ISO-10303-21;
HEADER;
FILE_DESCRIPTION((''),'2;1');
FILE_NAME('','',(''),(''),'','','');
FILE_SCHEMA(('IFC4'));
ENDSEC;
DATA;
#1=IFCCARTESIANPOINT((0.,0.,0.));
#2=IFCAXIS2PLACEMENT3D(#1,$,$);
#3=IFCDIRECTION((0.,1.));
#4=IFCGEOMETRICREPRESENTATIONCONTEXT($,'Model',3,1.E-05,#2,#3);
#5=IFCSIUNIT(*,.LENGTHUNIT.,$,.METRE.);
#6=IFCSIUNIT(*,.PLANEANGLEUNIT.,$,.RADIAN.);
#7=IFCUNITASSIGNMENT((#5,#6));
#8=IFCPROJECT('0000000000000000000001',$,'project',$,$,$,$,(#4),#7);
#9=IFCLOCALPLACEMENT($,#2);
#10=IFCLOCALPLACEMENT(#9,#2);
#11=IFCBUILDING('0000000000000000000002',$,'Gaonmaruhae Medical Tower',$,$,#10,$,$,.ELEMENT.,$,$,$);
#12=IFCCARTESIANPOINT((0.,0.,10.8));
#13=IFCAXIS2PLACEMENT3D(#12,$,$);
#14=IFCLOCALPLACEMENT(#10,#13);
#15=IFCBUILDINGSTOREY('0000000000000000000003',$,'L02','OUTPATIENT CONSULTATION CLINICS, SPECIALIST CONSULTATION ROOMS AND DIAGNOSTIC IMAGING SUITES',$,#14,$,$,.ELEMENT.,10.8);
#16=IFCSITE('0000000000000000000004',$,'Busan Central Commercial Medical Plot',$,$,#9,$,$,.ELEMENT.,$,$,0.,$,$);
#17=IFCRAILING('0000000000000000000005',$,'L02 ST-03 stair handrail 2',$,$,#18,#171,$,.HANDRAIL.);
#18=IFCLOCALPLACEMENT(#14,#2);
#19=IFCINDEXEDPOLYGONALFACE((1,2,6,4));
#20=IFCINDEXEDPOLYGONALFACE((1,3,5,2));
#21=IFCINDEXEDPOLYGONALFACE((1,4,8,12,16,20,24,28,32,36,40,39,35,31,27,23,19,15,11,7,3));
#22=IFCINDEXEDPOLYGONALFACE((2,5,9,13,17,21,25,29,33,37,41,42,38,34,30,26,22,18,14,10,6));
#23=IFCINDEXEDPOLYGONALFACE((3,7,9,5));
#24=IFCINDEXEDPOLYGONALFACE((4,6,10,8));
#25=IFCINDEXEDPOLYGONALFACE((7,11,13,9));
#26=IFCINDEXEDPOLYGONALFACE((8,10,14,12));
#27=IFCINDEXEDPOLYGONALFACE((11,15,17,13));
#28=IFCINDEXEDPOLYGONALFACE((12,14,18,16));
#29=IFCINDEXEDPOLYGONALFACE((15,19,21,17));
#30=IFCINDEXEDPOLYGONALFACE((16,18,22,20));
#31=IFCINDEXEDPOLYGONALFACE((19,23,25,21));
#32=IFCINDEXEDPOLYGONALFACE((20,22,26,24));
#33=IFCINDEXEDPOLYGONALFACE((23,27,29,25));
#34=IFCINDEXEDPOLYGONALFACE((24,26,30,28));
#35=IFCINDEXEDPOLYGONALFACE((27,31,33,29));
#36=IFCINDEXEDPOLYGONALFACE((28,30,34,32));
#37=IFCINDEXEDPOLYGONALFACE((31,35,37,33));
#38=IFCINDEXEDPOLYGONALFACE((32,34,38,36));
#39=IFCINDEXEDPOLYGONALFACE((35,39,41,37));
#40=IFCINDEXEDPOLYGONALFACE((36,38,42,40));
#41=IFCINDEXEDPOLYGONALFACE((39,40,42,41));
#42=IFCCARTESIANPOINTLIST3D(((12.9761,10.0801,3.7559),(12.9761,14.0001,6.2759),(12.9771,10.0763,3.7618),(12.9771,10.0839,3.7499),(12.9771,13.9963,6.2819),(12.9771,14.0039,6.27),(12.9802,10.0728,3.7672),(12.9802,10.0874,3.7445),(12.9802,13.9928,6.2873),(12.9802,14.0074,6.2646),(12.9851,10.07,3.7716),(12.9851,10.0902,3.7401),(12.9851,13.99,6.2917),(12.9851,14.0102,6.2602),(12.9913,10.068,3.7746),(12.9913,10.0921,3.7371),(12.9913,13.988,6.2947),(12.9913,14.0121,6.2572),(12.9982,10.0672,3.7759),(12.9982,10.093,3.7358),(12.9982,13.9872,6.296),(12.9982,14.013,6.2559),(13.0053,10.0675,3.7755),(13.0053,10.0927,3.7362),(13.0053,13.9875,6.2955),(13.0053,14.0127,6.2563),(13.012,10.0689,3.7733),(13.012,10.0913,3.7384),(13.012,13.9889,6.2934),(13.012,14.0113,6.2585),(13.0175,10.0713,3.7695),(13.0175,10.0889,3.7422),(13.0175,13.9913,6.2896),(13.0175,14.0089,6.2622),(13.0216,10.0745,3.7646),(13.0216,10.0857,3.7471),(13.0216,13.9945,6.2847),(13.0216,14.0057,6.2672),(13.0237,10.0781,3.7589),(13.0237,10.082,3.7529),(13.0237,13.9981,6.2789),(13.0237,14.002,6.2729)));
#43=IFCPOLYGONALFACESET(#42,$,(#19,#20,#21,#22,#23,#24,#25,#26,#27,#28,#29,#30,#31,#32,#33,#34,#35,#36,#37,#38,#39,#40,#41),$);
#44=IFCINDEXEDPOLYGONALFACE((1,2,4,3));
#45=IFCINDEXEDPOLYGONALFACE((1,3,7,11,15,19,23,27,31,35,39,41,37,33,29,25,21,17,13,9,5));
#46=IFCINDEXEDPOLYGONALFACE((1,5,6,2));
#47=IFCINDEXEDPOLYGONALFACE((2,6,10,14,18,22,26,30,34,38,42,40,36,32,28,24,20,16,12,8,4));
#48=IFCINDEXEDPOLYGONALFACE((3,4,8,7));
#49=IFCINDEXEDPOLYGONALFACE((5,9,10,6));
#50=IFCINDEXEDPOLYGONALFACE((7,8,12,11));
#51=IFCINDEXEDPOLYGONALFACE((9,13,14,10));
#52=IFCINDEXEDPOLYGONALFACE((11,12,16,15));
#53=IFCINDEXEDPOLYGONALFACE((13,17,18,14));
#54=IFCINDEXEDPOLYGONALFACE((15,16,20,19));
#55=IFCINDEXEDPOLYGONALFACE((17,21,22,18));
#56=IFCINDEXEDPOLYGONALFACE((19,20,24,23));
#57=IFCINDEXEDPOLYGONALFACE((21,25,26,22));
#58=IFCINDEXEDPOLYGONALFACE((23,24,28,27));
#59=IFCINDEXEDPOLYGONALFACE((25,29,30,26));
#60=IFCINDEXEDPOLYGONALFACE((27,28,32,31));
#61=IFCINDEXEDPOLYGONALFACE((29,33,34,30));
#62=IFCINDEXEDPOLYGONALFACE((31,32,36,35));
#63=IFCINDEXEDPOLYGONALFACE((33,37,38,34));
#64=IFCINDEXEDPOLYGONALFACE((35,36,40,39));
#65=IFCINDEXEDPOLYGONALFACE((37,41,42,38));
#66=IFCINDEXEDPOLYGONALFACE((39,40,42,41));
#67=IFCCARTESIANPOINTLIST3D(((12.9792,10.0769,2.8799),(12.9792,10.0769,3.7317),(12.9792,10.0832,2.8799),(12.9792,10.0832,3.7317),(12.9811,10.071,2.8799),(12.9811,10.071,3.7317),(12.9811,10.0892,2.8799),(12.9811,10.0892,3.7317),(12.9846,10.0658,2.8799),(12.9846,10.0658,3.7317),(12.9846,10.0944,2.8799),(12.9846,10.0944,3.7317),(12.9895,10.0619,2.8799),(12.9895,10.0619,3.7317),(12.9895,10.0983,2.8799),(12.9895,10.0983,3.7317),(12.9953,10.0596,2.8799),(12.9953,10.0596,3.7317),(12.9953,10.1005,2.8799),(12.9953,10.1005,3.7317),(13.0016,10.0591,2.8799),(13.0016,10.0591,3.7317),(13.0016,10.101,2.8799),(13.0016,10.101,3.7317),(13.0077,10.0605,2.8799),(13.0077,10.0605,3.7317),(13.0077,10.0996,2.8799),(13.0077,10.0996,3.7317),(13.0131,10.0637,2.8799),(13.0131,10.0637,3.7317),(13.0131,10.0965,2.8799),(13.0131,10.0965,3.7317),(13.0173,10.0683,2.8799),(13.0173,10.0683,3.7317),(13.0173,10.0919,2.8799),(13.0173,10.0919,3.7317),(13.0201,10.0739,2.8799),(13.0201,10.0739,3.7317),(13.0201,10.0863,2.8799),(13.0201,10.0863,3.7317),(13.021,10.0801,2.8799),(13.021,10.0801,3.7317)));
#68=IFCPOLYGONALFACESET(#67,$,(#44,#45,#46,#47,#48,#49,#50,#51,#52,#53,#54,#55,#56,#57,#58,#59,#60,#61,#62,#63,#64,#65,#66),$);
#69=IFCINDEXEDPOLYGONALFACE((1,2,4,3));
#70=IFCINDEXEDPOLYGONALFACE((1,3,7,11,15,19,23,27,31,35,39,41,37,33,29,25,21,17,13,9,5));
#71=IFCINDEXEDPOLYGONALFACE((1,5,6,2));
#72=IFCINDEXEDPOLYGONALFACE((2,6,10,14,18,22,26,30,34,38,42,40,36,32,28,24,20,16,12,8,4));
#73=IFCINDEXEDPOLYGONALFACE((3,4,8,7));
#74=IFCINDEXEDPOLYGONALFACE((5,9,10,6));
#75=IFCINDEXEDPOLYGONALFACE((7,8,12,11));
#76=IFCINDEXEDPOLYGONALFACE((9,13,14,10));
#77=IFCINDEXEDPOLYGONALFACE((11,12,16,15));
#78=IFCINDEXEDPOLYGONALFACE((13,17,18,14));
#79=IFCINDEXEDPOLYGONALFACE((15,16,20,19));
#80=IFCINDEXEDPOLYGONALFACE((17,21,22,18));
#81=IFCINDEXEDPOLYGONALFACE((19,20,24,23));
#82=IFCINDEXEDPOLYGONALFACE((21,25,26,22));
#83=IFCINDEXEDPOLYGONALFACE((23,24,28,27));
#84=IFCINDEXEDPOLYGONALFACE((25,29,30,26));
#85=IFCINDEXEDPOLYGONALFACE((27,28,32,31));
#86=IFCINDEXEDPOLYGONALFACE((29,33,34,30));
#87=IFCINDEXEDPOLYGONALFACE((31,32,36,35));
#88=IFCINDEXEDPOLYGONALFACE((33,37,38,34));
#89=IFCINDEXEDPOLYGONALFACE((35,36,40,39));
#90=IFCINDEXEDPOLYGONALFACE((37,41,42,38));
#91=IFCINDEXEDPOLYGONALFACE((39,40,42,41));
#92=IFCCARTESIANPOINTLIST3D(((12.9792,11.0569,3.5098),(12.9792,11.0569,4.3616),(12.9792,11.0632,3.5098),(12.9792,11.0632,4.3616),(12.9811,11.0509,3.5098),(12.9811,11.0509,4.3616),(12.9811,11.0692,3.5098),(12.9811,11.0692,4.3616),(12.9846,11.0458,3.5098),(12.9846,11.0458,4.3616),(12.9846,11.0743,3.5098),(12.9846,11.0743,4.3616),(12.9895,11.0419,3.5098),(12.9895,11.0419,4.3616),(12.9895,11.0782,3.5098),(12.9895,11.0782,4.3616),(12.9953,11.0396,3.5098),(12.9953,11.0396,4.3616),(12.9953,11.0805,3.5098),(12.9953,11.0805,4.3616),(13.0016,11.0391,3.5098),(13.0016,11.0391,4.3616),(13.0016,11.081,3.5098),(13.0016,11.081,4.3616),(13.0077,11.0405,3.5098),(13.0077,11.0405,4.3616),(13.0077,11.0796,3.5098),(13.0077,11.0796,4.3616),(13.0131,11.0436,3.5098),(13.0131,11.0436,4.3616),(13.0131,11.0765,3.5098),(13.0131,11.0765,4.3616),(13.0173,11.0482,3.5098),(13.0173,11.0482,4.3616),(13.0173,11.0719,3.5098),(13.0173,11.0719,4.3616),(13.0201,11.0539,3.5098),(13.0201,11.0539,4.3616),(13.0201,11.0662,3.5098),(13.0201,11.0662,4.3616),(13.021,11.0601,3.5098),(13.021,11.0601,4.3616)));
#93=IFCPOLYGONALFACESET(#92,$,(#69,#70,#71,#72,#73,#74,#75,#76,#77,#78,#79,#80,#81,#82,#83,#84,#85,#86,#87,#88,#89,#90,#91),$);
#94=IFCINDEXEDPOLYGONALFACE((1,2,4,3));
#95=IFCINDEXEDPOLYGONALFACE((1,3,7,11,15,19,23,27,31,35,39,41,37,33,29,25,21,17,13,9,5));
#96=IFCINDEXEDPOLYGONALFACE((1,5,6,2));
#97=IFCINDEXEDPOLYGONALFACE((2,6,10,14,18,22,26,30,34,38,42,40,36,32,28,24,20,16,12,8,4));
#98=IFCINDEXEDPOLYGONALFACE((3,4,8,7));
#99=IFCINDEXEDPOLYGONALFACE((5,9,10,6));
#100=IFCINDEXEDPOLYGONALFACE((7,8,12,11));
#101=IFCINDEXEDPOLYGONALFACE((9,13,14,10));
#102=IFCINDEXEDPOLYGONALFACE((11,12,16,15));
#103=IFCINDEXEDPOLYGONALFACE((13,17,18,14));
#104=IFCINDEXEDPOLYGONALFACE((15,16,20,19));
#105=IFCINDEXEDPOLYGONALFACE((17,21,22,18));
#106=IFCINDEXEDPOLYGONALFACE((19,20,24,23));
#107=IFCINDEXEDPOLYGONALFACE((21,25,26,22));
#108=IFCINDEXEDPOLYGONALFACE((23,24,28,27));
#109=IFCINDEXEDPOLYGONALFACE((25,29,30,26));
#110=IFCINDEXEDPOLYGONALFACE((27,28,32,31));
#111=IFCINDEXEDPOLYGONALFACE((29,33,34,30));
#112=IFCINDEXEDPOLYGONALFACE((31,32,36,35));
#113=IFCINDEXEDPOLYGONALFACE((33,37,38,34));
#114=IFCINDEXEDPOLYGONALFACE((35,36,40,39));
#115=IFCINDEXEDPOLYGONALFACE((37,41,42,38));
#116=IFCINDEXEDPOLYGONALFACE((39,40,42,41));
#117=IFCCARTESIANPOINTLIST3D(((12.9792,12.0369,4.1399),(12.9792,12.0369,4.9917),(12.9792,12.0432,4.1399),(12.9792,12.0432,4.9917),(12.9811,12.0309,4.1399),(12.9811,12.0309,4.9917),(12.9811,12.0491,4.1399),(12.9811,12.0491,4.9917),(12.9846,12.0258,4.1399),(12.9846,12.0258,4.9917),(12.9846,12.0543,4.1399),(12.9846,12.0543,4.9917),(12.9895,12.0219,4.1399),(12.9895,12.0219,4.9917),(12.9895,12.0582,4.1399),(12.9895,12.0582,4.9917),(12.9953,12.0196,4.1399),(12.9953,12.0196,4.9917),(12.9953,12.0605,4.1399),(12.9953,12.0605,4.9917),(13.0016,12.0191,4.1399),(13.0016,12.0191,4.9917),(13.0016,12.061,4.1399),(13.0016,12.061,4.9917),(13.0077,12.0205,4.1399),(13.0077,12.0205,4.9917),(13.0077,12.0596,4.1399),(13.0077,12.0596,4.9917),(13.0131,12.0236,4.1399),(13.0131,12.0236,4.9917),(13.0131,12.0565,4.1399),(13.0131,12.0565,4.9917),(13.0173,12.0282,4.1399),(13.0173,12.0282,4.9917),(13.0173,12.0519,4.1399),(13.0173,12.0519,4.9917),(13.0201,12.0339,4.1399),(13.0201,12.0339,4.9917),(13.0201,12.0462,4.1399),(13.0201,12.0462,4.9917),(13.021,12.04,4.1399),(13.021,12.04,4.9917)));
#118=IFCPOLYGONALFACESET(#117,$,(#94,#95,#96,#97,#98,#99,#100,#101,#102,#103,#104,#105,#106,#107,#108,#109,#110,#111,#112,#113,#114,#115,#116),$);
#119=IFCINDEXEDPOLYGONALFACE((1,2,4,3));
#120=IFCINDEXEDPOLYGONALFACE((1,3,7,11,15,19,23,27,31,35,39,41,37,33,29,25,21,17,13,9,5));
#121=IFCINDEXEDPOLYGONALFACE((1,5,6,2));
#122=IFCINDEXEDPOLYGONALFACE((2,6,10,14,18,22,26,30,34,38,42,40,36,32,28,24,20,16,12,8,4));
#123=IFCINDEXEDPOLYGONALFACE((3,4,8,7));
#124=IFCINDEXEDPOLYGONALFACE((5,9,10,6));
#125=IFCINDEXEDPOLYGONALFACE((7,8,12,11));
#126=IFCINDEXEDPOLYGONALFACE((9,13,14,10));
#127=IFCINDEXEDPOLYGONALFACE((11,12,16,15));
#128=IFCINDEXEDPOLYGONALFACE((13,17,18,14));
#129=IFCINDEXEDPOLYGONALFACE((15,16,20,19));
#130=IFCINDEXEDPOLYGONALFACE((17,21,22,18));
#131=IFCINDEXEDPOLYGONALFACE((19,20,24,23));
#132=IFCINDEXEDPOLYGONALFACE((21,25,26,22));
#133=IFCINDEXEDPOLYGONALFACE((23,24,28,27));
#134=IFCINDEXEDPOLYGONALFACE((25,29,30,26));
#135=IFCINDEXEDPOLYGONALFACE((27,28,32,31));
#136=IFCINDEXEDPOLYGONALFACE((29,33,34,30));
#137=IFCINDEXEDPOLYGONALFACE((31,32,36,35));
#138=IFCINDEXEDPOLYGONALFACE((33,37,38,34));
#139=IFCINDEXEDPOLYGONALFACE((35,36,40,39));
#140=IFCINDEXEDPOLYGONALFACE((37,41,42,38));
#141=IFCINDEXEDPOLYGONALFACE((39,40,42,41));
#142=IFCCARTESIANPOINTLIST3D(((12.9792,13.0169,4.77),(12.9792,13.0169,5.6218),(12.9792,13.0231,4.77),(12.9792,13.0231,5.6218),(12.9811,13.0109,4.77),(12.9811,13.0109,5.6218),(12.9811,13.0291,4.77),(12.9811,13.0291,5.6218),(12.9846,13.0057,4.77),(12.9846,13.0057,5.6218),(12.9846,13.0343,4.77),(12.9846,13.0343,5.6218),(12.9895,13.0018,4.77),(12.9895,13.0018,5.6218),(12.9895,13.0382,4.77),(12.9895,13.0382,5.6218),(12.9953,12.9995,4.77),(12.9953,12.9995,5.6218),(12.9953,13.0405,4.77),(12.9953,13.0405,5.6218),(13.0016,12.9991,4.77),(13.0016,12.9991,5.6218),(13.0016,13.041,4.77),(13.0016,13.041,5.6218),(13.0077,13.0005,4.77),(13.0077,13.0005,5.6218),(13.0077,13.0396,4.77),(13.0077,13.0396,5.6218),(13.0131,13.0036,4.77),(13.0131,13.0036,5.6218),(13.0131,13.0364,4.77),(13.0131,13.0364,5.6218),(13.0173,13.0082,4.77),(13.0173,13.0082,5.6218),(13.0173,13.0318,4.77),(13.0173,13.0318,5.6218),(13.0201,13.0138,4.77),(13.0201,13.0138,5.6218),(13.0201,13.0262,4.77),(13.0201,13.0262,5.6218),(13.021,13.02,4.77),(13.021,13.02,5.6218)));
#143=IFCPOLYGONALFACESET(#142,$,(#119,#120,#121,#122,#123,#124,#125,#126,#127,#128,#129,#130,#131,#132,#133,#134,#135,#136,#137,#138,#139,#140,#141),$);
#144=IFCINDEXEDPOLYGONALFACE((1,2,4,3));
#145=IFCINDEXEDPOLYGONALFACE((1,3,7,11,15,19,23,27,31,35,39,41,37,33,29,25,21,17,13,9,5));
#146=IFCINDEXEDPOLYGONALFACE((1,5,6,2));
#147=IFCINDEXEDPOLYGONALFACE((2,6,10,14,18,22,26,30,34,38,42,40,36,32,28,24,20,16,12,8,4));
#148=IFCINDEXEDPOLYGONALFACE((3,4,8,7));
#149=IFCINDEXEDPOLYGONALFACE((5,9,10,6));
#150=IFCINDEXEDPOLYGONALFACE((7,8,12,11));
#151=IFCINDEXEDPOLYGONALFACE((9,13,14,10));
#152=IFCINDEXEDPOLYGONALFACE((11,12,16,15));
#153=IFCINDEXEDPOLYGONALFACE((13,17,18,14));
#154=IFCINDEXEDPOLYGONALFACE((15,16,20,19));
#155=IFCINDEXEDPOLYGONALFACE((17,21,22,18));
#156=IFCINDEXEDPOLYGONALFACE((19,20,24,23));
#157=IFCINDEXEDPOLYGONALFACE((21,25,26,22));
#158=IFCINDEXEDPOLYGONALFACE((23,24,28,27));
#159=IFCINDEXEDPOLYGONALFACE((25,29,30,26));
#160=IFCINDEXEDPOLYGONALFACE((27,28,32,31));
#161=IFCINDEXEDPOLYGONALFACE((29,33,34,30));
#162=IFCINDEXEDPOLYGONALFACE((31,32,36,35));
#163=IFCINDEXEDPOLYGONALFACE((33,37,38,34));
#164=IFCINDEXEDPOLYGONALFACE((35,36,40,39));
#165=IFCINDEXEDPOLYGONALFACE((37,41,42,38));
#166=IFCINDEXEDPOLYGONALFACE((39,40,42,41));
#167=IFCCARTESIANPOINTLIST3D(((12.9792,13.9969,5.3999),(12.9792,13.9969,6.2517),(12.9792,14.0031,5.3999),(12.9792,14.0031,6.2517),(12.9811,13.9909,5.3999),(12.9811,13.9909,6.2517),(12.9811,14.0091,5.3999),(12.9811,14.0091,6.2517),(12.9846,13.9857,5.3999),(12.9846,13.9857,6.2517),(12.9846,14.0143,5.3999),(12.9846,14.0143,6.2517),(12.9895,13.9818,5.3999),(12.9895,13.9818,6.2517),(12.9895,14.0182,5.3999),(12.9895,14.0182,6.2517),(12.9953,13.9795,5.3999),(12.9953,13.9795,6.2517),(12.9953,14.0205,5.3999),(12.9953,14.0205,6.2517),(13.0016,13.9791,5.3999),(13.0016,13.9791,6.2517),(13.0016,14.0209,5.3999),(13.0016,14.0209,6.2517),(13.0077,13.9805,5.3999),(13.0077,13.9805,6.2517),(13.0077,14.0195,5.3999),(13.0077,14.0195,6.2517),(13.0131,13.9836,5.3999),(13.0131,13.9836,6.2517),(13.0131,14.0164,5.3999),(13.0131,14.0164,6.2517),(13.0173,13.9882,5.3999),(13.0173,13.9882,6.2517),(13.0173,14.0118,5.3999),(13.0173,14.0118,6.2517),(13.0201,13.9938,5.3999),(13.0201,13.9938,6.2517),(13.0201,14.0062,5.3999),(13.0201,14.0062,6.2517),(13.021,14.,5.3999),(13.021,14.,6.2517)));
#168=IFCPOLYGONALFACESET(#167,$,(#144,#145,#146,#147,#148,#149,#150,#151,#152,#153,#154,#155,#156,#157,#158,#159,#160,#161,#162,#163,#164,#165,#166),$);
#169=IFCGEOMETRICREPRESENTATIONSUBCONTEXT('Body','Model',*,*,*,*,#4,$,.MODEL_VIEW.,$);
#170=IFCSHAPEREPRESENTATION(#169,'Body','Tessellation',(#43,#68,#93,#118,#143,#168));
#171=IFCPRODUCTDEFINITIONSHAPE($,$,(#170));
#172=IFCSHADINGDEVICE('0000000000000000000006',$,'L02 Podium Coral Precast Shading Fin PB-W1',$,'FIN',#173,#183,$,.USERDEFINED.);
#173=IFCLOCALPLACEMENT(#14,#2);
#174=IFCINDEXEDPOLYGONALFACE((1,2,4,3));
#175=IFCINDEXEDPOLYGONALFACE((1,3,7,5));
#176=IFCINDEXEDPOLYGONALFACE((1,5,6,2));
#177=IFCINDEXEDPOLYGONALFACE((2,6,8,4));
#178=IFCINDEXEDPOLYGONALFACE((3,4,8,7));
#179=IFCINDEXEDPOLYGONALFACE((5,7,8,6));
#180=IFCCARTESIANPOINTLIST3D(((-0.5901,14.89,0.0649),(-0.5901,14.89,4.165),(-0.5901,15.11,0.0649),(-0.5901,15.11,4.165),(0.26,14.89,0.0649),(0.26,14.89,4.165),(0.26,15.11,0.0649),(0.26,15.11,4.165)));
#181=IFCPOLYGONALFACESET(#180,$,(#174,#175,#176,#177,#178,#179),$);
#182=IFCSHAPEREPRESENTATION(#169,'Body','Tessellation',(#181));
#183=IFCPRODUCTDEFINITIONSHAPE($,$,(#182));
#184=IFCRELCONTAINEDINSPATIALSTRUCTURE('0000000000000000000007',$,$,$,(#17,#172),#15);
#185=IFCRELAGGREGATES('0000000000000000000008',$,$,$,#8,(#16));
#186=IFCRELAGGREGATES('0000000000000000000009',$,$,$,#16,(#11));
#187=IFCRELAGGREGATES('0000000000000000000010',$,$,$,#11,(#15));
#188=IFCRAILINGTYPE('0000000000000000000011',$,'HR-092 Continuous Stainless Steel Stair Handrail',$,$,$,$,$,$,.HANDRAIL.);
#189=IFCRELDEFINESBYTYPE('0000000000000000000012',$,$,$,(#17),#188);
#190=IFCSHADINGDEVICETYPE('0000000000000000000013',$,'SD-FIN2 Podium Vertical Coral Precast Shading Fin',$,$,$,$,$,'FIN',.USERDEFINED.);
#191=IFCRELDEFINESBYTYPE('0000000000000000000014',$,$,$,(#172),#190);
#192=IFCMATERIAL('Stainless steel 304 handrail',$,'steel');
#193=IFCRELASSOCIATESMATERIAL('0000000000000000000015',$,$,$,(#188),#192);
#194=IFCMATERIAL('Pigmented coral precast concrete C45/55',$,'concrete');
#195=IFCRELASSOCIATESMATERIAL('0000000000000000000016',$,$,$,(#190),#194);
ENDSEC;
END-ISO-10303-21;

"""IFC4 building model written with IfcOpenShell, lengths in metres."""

from ifc_helpers import new_model, si_unit, direction, frame, origin, origin_2d, place, context, subcontext, project, spatial, rectangle, circle, extrude, material, type_object, element, save


model = new_model("IFC4")

# Units and contexts
model_context = context("Model", 3, precision=1e-05, world=origin(), true_north=direction((0.0, 1.0)))
body_context = subcontext(model_context, "Body", "Model", "MODEL_VIEW")
ifc_project = project(units=[si_unit("LENGTHUNIT", "METRE"), si_unit("PLANEANGLEUNIT", "RADIAN")], contexts=[model_context])

# Site, building, storey
site_placement = place(None, origin())
site = spatial("IfcSite", under=ifc_project, at=site_placement, Name="Busan Central Commercial Medical Plot", CompositionType="ELEMENT", RefElevation=0.0)
building_placement = place(site_placement, origin())
building = spatial("IfcBuilding", under=site, at=building_placement, Name="Gaonmaruhae Medical Tower", CompositionType="ELEMENT")
storey_placement = place(building_placement, frame((0.0, 0.0, 10.8)))
storey = spatial("IfcBuildingStorey", under=building, at=storey_placement, Name="L02", Description="OUTPATIENT CONSULTATION CLINICS, SPECIALIST CONSULTATION ROOMS AND DIAGNOSTIC IMAGING SUITES", CompositionType="ELEMENT", Elevation=10.8)

# Railing
ifc_material_1 = material(Name="Stainless steel 304 handrail", Category="steel")
railing_type_1 = type_object("IfcRailingType", Name="HR-092 Continuous Stainless Steel Stair Handrail", PredefinedType="HANDRAIL", material=ifc_material_1)
railing_1_placement = place(storey_placement, frame((13.0, 10.0801, 2.8799)))
element("IfcRailing", 1, at=railing_1_placement, inside=storey, type_object=railing_type_1, Name="L02 ST-03 stair handrail 2", PredefinedType="HANDRAIL", context=body_context, shape_type="SweptSolid", body=[
    extrude(circle(Radius=0.0239, at=origin_2d()), frame((0.0, 0.0, 0.876), z_axis=(0.0, 0.841172, 0.540768), x_axis=(-1.0, 0.0, 0.0)), (0.0, 0.0, 1.0), 4.6602),
    extrude(circle(Radius=0.021, at=origin_2d()), origin(), (0.0, 0.0, 1.0), 0.8518),
    extrude(circle(Radius=0.021, at=origin_2d()), frame((0.0, 0.98, 0.6299)), (0.0, 0.0, 1.0), 0.8518),
    extrude(circle(Radius=0.021, at=origin_2d()), frame((0.0, 1.96, 1.26)), (0.0, 0.0, 1.0), 0.8518),
    extrude(circle(Radius=0.021, at=origin_2d()), frame((0.0, 2.9399, 1.8901)), (0.0, 0.0, 1.0), 0.8518),
    extrude(circle(Radius=0.021, at=origin_2d()), frame((0.0, 3.9199, 2.52)), (0.0, 0.0, 1.0), 0.8518),
])

# Shading device
ifc_material_2 = material(Name="Pigmented coral precast concrete C45/55", Category="concrete")
shading_device_type = type_object("IfcShadingDeviceType", Name="SD-FIN2 Podium Vertical Coral Precast Shading Fin", ElementType="FIN", PredefinedType="USERDEFINED", material=ifc_material_2)
shading_device_placement = place(storey_placement, frame((-0.165, 15.0, 0.0649), z_axis=(0.0, 0.0, 1.0), x_axis=(0.0, 1.0, 0.0)))
element("IfcShadingDevice", 2, at=shading_device_placement, inside=storey, type_object=shading_device_type, Name="L02 Podium Coral Precast Shading Fin PB-W1", ObjectType="FIN", PredefinedType="USERDEFINED", context=body_context, shape_type="SweptSolid", body=[
    extrude(rectangle(XDim=0.22, YDim=0.8501, at=origin_2d()), origin(), (0.0, 0.0, 1.0), 4.1001),
])

save(model, "model.ifc")
